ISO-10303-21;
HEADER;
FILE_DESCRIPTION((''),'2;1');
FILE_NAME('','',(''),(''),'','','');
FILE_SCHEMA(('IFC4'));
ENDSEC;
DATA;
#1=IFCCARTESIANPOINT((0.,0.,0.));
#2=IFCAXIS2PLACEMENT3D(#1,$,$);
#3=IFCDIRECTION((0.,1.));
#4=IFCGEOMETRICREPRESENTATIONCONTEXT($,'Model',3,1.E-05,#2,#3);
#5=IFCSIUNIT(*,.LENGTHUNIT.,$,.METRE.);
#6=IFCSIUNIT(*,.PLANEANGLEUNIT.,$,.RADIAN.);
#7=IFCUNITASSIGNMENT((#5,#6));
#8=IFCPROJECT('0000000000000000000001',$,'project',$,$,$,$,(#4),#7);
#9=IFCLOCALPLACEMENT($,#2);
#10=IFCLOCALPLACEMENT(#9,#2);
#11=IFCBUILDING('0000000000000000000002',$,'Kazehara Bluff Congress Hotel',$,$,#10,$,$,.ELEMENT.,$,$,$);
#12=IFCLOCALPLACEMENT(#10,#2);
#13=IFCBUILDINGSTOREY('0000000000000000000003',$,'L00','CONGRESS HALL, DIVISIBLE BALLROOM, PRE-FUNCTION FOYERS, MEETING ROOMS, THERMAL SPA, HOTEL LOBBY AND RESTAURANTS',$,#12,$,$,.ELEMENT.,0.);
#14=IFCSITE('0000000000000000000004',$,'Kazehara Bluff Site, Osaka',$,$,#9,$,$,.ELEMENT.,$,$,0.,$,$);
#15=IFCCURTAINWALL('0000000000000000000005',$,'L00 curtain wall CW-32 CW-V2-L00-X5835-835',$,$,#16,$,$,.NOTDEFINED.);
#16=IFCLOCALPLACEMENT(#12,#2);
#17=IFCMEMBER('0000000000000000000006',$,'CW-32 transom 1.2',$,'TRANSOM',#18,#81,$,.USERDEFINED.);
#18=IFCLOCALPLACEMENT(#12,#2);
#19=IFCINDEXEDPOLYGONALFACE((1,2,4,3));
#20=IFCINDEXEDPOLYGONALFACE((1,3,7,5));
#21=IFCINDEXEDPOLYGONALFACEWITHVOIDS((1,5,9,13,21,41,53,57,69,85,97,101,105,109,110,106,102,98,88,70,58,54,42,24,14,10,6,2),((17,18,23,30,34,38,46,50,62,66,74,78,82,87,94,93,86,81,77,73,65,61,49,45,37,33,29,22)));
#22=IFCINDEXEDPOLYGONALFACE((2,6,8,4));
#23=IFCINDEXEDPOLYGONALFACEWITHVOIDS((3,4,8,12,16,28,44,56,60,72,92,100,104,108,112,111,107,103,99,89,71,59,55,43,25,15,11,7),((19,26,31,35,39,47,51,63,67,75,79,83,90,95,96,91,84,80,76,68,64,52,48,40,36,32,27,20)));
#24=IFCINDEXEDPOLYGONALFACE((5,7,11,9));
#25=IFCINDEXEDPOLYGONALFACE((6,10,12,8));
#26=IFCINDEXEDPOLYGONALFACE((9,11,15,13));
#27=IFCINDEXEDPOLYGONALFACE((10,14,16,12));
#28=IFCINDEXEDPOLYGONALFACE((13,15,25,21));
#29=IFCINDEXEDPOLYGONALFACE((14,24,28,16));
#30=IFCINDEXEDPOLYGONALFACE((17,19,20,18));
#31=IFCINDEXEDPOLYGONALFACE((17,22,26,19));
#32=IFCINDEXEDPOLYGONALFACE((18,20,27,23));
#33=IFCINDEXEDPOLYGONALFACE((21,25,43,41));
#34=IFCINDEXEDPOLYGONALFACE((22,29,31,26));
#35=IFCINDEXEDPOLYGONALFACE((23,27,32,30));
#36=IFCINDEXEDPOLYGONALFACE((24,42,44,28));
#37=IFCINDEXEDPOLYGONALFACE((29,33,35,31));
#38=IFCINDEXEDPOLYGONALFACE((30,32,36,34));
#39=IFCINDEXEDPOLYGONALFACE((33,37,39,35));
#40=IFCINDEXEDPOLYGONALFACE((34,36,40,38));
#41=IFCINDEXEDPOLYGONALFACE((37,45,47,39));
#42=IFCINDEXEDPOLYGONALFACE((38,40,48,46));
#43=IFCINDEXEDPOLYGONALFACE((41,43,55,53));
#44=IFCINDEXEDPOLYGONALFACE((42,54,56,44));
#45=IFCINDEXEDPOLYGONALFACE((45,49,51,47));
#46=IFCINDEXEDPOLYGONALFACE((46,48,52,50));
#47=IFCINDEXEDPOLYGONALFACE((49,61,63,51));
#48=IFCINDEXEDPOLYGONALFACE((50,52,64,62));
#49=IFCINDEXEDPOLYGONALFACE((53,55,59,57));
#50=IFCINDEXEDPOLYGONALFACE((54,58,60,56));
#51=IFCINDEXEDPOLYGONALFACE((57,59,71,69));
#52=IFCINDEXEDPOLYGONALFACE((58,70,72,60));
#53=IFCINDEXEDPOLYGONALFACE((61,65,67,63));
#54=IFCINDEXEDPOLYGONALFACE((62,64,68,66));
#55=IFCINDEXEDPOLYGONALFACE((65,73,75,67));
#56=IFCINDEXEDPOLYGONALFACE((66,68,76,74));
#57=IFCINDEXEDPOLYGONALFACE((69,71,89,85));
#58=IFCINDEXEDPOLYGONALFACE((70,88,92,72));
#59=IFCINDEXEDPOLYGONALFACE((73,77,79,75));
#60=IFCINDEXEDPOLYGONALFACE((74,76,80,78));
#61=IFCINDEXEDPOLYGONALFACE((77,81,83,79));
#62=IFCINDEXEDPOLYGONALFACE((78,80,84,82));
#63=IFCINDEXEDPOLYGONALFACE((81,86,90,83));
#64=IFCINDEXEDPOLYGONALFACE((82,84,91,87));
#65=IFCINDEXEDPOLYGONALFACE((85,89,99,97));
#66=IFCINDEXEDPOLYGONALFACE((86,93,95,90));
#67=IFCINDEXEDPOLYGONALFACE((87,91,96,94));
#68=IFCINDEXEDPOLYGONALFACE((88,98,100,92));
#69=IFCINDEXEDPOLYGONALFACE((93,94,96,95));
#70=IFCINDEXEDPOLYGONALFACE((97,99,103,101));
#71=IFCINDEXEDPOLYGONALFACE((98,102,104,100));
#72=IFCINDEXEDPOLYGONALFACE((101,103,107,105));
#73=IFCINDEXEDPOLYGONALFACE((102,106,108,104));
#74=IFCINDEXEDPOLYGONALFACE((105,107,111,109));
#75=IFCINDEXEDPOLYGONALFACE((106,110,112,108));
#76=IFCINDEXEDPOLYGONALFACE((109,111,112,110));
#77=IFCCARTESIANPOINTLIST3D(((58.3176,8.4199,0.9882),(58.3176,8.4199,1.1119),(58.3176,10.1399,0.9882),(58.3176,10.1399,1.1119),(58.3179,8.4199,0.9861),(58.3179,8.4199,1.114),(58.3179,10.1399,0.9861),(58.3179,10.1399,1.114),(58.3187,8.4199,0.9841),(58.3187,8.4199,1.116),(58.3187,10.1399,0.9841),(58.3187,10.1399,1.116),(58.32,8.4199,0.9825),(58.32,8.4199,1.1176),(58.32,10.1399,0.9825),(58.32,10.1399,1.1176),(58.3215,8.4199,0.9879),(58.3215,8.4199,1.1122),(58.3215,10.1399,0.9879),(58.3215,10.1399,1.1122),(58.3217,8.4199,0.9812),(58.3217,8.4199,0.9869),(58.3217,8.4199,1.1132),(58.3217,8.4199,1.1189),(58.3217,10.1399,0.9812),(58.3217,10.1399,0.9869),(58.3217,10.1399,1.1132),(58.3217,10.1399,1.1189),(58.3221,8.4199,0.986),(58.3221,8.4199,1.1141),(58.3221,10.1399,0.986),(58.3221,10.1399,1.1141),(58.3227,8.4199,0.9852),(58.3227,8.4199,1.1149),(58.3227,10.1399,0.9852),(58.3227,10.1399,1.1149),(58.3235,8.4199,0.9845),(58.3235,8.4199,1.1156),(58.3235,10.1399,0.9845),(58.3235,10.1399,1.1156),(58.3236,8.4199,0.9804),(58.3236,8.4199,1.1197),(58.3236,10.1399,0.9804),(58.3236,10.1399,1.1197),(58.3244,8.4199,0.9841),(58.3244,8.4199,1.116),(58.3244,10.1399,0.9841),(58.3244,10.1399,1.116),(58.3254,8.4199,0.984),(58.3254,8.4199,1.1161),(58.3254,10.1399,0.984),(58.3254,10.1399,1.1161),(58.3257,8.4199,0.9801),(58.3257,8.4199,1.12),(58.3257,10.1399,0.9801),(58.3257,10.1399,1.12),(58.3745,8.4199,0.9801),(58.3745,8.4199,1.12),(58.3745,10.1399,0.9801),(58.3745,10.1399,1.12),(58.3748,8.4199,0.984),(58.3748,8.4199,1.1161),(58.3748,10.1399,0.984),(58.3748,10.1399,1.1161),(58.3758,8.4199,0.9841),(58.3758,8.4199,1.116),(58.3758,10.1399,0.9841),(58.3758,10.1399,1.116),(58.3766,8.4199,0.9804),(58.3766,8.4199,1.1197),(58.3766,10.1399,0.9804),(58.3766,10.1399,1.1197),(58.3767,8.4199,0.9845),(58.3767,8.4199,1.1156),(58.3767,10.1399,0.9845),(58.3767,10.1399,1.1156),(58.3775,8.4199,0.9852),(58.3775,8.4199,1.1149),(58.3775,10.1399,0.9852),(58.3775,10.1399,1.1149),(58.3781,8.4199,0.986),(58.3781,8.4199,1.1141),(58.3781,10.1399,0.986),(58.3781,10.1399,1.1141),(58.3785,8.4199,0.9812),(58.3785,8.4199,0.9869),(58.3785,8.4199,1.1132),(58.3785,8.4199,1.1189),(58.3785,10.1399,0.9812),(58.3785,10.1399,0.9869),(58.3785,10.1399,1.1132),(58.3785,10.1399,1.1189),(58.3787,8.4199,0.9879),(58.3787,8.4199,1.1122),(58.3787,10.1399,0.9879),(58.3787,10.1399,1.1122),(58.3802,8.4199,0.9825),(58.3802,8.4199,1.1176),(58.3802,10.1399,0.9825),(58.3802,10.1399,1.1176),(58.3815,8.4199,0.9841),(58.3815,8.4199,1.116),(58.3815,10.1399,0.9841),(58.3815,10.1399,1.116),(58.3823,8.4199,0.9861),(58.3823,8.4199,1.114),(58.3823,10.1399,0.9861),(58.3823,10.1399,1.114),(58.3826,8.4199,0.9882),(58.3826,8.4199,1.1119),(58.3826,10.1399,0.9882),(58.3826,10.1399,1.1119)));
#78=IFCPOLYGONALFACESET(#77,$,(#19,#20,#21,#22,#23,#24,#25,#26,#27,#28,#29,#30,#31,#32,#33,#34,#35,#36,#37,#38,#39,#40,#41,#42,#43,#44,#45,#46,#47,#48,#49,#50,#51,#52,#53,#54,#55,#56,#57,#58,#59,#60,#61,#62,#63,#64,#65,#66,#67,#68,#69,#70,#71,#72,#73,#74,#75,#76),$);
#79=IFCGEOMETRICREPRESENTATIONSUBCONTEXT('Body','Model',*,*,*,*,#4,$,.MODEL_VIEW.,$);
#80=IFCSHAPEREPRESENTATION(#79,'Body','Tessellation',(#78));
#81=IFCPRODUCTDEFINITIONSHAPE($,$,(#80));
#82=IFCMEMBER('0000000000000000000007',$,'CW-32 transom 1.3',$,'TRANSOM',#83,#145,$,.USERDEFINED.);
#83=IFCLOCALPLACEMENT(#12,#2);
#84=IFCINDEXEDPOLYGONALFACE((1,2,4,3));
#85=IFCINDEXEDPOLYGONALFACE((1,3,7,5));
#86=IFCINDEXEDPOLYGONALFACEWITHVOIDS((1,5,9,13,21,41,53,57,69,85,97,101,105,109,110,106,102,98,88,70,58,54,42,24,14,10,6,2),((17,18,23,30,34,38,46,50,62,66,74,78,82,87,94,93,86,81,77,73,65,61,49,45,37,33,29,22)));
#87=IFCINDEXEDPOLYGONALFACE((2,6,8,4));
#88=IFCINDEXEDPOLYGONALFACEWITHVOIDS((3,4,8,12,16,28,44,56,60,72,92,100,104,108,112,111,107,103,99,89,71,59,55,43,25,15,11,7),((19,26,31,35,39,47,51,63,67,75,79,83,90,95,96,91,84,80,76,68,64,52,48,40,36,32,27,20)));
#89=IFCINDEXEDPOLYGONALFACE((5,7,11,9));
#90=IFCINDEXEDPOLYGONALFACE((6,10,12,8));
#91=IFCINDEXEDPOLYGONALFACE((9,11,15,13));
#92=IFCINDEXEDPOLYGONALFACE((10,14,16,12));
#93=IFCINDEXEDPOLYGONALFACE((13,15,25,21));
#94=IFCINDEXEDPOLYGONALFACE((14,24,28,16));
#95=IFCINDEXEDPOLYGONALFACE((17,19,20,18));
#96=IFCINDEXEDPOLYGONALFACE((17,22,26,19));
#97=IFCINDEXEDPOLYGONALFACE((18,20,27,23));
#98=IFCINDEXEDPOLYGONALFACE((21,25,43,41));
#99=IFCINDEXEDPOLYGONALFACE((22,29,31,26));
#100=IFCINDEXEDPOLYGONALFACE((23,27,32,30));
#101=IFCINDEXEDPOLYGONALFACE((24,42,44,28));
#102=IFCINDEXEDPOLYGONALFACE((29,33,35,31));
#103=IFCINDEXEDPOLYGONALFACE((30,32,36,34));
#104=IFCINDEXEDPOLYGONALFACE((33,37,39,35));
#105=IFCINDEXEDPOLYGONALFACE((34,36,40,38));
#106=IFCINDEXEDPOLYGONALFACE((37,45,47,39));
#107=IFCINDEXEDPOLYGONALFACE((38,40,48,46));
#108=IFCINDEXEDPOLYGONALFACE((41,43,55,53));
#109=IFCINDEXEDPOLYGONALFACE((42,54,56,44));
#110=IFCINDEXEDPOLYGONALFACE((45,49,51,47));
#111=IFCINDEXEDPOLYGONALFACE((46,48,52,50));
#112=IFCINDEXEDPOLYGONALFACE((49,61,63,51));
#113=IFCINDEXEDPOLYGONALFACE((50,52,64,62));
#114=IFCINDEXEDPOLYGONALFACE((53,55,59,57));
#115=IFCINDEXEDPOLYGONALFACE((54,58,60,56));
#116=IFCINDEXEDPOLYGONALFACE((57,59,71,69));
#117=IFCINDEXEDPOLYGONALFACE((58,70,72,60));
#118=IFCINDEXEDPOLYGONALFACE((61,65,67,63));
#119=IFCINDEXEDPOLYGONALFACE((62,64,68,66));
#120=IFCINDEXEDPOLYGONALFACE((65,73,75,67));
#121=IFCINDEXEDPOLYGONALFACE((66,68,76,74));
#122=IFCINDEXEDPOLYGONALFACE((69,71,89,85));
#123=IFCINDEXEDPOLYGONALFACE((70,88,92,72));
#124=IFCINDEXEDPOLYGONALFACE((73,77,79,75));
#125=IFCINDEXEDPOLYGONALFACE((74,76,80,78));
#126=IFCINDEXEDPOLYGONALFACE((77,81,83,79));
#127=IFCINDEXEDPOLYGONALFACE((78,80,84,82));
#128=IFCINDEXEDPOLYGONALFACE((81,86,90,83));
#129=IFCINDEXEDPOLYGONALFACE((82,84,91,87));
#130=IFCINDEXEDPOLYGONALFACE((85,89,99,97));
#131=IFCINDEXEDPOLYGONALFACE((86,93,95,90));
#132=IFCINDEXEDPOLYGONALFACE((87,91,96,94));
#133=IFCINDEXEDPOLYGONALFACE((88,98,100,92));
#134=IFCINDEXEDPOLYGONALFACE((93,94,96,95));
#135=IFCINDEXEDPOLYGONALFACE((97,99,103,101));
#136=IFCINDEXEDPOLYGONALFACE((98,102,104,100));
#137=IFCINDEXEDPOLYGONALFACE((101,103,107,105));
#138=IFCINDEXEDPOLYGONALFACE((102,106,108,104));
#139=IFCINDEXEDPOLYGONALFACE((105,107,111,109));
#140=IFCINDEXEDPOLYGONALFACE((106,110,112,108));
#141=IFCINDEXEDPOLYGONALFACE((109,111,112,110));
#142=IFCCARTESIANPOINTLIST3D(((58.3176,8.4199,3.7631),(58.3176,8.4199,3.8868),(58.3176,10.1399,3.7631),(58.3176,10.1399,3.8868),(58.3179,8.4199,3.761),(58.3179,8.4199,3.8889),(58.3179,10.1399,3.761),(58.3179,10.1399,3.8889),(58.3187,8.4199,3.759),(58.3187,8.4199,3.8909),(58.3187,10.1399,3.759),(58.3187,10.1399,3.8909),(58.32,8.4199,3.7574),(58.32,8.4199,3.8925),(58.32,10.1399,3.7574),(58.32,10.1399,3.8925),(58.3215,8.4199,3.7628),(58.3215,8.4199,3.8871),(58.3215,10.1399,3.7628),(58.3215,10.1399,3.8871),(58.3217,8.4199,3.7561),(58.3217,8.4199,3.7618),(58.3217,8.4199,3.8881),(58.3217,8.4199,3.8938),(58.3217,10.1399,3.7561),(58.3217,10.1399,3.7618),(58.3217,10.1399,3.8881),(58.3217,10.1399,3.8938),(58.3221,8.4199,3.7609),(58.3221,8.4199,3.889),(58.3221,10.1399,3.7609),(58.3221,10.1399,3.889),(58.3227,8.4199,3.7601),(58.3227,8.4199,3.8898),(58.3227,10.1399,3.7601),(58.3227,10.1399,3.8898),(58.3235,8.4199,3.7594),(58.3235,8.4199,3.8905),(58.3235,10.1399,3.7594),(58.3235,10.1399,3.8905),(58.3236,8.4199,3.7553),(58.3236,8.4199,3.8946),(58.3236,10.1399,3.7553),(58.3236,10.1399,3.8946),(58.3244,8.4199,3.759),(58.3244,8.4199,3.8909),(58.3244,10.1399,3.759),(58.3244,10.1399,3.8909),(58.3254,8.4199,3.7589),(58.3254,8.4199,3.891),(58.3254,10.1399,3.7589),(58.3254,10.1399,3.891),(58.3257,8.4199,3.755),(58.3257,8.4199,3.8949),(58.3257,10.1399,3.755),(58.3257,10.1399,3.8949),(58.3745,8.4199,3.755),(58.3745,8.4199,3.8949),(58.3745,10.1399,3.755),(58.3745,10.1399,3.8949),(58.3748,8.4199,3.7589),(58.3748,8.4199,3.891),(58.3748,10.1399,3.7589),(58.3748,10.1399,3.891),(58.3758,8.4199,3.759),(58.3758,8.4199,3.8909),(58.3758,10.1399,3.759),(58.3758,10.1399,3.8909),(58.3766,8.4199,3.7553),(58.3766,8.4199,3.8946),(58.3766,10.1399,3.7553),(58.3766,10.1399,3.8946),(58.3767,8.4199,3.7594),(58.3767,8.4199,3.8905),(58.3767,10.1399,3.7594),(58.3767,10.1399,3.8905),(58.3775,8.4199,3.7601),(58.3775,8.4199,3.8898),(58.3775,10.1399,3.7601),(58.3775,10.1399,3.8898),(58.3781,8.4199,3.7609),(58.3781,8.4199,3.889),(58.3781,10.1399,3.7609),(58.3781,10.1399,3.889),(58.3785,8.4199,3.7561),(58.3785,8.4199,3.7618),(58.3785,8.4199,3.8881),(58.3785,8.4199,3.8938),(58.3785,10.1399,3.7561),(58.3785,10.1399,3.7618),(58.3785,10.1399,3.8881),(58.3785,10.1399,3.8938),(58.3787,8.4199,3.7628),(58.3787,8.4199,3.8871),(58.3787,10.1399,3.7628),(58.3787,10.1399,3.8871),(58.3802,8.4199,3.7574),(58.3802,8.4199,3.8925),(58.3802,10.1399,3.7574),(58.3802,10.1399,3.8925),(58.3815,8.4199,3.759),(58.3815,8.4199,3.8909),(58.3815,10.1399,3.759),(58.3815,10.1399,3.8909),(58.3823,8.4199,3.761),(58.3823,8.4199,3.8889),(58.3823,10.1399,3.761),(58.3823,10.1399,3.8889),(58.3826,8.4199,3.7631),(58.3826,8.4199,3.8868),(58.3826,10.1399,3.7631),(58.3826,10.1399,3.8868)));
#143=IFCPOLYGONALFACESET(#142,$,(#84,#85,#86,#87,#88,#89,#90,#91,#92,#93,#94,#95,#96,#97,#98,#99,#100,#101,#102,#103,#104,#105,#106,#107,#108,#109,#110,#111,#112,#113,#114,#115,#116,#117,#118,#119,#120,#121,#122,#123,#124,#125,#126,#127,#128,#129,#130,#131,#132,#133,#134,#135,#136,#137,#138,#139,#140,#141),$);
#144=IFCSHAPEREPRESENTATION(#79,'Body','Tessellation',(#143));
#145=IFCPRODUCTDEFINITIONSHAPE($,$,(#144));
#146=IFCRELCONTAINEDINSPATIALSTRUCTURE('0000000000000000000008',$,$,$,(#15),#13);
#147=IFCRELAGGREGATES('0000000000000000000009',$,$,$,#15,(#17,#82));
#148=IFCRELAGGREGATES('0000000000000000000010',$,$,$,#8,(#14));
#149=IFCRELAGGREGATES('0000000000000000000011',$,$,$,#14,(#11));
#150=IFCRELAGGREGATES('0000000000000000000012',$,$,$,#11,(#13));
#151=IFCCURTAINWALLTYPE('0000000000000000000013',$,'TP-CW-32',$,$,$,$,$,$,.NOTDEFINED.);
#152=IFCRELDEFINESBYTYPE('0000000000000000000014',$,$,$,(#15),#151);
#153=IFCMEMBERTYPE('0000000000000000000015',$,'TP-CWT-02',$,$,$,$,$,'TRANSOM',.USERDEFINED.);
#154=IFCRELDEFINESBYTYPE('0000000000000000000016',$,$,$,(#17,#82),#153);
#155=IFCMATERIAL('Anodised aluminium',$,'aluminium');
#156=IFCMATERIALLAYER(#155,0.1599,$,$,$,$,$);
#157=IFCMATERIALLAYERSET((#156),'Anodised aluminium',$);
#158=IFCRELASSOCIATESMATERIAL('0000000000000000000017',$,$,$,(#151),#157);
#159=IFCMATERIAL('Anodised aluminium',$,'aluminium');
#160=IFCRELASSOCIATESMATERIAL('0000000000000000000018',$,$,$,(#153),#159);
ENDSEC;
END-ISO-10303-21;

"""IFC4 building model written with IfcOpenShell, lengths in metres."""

from ifc_helpers import new_model, si_unit, direction, frame, origin, origin_2d, place, context, subcontext, project, spatial, hollow_rectangle, extrude, material, layer, layer_set, material_profile, profile_set, type_object, element, aggregate, save


model = new_model("IFC4")

# Units and contexts
model_context = context("Model", 3, precision=1e-05, world=origin(), true_north=direction((0.0, 1.0)))
body_context = subcontext(model_context, "Body", "Model", "MODEL_VIEW")
ifc_project = project(units=[si_unit("LENGTHUNIT", "METRE"), si_unit("PLANEANGLEUNIT", "RADIAN")], contexts=[model_context])

# Site, building, storey
site_placement = place(None, origin())
site = spatial("IfcSite", under=ifc_project, at=site_placement, Name="Kazehara Bluff Site, Osaka", CompositionType="ELEMENT", RefElevation=0.0)
building_placement = place(site_placement, origin())
building = spatial("IfcBuilding", under=site, at=building_placement, Name="Kazehara Bluff Congress Hotel", CompositionType="ELEMENT")
storey_placement = place(building_placement, origin())
storey = spatial("IfcBuildingStorey", under=building, at=storey_placement, Name="L00", Description="CONGRESS HALL, DIVISIBLE BALLROOM, PRE-FUNCTION FOYERS, MEETING ROOMS, THERMAL SPA, HOTEL LOBBY AND RESTAURANTS", CompositionType="ELEMENT", Elevation=0.0)

# Curtain wall
ifc_material_1 = material(Name="Anodised aluminium", Category="aluminium")
ifc_layer_1 = layer(ifc_material_1, 0.1599)
ifc_layer_set_1 = layer_set([ifc_layer_1], Name="Anodised aluminium")
curtain_wall_type_1 = type_object("IfcCurtainWallType", Name="TP-CW-32", PredefinedType="NOTDEFINED", material=ifc_layer_set_1)
curtain_wall_1_placement = place(storey_placement, origin())
curtain_wall_1 = element("IfcCurtainWall", 1, at=curtain_wall_1_placement, inside=storey, type_object=curtain_wall_type_1, Name="L00 curtain wall CW-32 CW-V2-L00-X5835-835", PredefinedType="NOTDEFINED")

# Members
ifc_material_2 = material(Name="Anodised aluminium", Category="aluminium")
ifc_material_profile_1 = material_profile(ifc_material_2, hollow_rectangle(XDim=0.0649, YDim=0.1399, WallThickness=0.0039, InnerFilletRadius=0.0039, OuterFilletRadius=0.0081, at=origin_2d()))
ifc_profile_set_1 = profile_set([ifc_material_profile_1], Name="Anodised aluminium")
member_type_1 = type_object("IfcMemberType", Name="TP-CWT-02", ElementType="TRANSOM", PredefinedType="USERDEFINED", material=ifc_profile_set_1)
member_1_placement = place(storey_placement, frame((58.3501, 8.4199, 1.05), z_axis=(0.0, 1.0, 0.0), x_axis=(-1.0, 0.0, 0.0)))
member_1 = element("IfcMember", 2, at=member_1_placement, type_object=member_type_1, Name="CW-32 transom 1.2", ObjectType="TRANSOM", PredefinedType="USERDEFINED", context=body_context, shape_type="SweptSolid", body=[
    extrude(hollow_rectangle(XDim=0.0649, YDim=0.1399, WallThickness=0.0039, InnerFilletRadius=0.0039, OuterFilletRadius=0.0081, at=origin_2d()), origin(), (0.0, 0.0, 1.0), 1.72),
])
member_2_placement = place(storey_placement, frame((58.3501, 8.4199, 3.825), z_axis=(0.0, 1.0, 0.0), x_axis=(-1.0, 0.0, 0.0)))
member_2 = element("IfcMember", 3, at=member_2_placement, type_object=member_type_1, Name="CW-32 transom 1.3", ObjectType="TRANSOM", PredefinedType="USERDEFINED", context=body_context, shape_type="SweptSolid", body=[
    extrude(hollow_rectangle(XDim=0.0649, YDim=0.1399, WallThickness=0.0039, InnerFilletRadius=0.0039, OuterFilletRadius=0.0081, at=origin_2d()), origin(), (0.0, 0.0, 1.0), 1.72),
])

aggregate(curtain_wall_1, [member_1, member_2])

save(model, "model.ifc")
